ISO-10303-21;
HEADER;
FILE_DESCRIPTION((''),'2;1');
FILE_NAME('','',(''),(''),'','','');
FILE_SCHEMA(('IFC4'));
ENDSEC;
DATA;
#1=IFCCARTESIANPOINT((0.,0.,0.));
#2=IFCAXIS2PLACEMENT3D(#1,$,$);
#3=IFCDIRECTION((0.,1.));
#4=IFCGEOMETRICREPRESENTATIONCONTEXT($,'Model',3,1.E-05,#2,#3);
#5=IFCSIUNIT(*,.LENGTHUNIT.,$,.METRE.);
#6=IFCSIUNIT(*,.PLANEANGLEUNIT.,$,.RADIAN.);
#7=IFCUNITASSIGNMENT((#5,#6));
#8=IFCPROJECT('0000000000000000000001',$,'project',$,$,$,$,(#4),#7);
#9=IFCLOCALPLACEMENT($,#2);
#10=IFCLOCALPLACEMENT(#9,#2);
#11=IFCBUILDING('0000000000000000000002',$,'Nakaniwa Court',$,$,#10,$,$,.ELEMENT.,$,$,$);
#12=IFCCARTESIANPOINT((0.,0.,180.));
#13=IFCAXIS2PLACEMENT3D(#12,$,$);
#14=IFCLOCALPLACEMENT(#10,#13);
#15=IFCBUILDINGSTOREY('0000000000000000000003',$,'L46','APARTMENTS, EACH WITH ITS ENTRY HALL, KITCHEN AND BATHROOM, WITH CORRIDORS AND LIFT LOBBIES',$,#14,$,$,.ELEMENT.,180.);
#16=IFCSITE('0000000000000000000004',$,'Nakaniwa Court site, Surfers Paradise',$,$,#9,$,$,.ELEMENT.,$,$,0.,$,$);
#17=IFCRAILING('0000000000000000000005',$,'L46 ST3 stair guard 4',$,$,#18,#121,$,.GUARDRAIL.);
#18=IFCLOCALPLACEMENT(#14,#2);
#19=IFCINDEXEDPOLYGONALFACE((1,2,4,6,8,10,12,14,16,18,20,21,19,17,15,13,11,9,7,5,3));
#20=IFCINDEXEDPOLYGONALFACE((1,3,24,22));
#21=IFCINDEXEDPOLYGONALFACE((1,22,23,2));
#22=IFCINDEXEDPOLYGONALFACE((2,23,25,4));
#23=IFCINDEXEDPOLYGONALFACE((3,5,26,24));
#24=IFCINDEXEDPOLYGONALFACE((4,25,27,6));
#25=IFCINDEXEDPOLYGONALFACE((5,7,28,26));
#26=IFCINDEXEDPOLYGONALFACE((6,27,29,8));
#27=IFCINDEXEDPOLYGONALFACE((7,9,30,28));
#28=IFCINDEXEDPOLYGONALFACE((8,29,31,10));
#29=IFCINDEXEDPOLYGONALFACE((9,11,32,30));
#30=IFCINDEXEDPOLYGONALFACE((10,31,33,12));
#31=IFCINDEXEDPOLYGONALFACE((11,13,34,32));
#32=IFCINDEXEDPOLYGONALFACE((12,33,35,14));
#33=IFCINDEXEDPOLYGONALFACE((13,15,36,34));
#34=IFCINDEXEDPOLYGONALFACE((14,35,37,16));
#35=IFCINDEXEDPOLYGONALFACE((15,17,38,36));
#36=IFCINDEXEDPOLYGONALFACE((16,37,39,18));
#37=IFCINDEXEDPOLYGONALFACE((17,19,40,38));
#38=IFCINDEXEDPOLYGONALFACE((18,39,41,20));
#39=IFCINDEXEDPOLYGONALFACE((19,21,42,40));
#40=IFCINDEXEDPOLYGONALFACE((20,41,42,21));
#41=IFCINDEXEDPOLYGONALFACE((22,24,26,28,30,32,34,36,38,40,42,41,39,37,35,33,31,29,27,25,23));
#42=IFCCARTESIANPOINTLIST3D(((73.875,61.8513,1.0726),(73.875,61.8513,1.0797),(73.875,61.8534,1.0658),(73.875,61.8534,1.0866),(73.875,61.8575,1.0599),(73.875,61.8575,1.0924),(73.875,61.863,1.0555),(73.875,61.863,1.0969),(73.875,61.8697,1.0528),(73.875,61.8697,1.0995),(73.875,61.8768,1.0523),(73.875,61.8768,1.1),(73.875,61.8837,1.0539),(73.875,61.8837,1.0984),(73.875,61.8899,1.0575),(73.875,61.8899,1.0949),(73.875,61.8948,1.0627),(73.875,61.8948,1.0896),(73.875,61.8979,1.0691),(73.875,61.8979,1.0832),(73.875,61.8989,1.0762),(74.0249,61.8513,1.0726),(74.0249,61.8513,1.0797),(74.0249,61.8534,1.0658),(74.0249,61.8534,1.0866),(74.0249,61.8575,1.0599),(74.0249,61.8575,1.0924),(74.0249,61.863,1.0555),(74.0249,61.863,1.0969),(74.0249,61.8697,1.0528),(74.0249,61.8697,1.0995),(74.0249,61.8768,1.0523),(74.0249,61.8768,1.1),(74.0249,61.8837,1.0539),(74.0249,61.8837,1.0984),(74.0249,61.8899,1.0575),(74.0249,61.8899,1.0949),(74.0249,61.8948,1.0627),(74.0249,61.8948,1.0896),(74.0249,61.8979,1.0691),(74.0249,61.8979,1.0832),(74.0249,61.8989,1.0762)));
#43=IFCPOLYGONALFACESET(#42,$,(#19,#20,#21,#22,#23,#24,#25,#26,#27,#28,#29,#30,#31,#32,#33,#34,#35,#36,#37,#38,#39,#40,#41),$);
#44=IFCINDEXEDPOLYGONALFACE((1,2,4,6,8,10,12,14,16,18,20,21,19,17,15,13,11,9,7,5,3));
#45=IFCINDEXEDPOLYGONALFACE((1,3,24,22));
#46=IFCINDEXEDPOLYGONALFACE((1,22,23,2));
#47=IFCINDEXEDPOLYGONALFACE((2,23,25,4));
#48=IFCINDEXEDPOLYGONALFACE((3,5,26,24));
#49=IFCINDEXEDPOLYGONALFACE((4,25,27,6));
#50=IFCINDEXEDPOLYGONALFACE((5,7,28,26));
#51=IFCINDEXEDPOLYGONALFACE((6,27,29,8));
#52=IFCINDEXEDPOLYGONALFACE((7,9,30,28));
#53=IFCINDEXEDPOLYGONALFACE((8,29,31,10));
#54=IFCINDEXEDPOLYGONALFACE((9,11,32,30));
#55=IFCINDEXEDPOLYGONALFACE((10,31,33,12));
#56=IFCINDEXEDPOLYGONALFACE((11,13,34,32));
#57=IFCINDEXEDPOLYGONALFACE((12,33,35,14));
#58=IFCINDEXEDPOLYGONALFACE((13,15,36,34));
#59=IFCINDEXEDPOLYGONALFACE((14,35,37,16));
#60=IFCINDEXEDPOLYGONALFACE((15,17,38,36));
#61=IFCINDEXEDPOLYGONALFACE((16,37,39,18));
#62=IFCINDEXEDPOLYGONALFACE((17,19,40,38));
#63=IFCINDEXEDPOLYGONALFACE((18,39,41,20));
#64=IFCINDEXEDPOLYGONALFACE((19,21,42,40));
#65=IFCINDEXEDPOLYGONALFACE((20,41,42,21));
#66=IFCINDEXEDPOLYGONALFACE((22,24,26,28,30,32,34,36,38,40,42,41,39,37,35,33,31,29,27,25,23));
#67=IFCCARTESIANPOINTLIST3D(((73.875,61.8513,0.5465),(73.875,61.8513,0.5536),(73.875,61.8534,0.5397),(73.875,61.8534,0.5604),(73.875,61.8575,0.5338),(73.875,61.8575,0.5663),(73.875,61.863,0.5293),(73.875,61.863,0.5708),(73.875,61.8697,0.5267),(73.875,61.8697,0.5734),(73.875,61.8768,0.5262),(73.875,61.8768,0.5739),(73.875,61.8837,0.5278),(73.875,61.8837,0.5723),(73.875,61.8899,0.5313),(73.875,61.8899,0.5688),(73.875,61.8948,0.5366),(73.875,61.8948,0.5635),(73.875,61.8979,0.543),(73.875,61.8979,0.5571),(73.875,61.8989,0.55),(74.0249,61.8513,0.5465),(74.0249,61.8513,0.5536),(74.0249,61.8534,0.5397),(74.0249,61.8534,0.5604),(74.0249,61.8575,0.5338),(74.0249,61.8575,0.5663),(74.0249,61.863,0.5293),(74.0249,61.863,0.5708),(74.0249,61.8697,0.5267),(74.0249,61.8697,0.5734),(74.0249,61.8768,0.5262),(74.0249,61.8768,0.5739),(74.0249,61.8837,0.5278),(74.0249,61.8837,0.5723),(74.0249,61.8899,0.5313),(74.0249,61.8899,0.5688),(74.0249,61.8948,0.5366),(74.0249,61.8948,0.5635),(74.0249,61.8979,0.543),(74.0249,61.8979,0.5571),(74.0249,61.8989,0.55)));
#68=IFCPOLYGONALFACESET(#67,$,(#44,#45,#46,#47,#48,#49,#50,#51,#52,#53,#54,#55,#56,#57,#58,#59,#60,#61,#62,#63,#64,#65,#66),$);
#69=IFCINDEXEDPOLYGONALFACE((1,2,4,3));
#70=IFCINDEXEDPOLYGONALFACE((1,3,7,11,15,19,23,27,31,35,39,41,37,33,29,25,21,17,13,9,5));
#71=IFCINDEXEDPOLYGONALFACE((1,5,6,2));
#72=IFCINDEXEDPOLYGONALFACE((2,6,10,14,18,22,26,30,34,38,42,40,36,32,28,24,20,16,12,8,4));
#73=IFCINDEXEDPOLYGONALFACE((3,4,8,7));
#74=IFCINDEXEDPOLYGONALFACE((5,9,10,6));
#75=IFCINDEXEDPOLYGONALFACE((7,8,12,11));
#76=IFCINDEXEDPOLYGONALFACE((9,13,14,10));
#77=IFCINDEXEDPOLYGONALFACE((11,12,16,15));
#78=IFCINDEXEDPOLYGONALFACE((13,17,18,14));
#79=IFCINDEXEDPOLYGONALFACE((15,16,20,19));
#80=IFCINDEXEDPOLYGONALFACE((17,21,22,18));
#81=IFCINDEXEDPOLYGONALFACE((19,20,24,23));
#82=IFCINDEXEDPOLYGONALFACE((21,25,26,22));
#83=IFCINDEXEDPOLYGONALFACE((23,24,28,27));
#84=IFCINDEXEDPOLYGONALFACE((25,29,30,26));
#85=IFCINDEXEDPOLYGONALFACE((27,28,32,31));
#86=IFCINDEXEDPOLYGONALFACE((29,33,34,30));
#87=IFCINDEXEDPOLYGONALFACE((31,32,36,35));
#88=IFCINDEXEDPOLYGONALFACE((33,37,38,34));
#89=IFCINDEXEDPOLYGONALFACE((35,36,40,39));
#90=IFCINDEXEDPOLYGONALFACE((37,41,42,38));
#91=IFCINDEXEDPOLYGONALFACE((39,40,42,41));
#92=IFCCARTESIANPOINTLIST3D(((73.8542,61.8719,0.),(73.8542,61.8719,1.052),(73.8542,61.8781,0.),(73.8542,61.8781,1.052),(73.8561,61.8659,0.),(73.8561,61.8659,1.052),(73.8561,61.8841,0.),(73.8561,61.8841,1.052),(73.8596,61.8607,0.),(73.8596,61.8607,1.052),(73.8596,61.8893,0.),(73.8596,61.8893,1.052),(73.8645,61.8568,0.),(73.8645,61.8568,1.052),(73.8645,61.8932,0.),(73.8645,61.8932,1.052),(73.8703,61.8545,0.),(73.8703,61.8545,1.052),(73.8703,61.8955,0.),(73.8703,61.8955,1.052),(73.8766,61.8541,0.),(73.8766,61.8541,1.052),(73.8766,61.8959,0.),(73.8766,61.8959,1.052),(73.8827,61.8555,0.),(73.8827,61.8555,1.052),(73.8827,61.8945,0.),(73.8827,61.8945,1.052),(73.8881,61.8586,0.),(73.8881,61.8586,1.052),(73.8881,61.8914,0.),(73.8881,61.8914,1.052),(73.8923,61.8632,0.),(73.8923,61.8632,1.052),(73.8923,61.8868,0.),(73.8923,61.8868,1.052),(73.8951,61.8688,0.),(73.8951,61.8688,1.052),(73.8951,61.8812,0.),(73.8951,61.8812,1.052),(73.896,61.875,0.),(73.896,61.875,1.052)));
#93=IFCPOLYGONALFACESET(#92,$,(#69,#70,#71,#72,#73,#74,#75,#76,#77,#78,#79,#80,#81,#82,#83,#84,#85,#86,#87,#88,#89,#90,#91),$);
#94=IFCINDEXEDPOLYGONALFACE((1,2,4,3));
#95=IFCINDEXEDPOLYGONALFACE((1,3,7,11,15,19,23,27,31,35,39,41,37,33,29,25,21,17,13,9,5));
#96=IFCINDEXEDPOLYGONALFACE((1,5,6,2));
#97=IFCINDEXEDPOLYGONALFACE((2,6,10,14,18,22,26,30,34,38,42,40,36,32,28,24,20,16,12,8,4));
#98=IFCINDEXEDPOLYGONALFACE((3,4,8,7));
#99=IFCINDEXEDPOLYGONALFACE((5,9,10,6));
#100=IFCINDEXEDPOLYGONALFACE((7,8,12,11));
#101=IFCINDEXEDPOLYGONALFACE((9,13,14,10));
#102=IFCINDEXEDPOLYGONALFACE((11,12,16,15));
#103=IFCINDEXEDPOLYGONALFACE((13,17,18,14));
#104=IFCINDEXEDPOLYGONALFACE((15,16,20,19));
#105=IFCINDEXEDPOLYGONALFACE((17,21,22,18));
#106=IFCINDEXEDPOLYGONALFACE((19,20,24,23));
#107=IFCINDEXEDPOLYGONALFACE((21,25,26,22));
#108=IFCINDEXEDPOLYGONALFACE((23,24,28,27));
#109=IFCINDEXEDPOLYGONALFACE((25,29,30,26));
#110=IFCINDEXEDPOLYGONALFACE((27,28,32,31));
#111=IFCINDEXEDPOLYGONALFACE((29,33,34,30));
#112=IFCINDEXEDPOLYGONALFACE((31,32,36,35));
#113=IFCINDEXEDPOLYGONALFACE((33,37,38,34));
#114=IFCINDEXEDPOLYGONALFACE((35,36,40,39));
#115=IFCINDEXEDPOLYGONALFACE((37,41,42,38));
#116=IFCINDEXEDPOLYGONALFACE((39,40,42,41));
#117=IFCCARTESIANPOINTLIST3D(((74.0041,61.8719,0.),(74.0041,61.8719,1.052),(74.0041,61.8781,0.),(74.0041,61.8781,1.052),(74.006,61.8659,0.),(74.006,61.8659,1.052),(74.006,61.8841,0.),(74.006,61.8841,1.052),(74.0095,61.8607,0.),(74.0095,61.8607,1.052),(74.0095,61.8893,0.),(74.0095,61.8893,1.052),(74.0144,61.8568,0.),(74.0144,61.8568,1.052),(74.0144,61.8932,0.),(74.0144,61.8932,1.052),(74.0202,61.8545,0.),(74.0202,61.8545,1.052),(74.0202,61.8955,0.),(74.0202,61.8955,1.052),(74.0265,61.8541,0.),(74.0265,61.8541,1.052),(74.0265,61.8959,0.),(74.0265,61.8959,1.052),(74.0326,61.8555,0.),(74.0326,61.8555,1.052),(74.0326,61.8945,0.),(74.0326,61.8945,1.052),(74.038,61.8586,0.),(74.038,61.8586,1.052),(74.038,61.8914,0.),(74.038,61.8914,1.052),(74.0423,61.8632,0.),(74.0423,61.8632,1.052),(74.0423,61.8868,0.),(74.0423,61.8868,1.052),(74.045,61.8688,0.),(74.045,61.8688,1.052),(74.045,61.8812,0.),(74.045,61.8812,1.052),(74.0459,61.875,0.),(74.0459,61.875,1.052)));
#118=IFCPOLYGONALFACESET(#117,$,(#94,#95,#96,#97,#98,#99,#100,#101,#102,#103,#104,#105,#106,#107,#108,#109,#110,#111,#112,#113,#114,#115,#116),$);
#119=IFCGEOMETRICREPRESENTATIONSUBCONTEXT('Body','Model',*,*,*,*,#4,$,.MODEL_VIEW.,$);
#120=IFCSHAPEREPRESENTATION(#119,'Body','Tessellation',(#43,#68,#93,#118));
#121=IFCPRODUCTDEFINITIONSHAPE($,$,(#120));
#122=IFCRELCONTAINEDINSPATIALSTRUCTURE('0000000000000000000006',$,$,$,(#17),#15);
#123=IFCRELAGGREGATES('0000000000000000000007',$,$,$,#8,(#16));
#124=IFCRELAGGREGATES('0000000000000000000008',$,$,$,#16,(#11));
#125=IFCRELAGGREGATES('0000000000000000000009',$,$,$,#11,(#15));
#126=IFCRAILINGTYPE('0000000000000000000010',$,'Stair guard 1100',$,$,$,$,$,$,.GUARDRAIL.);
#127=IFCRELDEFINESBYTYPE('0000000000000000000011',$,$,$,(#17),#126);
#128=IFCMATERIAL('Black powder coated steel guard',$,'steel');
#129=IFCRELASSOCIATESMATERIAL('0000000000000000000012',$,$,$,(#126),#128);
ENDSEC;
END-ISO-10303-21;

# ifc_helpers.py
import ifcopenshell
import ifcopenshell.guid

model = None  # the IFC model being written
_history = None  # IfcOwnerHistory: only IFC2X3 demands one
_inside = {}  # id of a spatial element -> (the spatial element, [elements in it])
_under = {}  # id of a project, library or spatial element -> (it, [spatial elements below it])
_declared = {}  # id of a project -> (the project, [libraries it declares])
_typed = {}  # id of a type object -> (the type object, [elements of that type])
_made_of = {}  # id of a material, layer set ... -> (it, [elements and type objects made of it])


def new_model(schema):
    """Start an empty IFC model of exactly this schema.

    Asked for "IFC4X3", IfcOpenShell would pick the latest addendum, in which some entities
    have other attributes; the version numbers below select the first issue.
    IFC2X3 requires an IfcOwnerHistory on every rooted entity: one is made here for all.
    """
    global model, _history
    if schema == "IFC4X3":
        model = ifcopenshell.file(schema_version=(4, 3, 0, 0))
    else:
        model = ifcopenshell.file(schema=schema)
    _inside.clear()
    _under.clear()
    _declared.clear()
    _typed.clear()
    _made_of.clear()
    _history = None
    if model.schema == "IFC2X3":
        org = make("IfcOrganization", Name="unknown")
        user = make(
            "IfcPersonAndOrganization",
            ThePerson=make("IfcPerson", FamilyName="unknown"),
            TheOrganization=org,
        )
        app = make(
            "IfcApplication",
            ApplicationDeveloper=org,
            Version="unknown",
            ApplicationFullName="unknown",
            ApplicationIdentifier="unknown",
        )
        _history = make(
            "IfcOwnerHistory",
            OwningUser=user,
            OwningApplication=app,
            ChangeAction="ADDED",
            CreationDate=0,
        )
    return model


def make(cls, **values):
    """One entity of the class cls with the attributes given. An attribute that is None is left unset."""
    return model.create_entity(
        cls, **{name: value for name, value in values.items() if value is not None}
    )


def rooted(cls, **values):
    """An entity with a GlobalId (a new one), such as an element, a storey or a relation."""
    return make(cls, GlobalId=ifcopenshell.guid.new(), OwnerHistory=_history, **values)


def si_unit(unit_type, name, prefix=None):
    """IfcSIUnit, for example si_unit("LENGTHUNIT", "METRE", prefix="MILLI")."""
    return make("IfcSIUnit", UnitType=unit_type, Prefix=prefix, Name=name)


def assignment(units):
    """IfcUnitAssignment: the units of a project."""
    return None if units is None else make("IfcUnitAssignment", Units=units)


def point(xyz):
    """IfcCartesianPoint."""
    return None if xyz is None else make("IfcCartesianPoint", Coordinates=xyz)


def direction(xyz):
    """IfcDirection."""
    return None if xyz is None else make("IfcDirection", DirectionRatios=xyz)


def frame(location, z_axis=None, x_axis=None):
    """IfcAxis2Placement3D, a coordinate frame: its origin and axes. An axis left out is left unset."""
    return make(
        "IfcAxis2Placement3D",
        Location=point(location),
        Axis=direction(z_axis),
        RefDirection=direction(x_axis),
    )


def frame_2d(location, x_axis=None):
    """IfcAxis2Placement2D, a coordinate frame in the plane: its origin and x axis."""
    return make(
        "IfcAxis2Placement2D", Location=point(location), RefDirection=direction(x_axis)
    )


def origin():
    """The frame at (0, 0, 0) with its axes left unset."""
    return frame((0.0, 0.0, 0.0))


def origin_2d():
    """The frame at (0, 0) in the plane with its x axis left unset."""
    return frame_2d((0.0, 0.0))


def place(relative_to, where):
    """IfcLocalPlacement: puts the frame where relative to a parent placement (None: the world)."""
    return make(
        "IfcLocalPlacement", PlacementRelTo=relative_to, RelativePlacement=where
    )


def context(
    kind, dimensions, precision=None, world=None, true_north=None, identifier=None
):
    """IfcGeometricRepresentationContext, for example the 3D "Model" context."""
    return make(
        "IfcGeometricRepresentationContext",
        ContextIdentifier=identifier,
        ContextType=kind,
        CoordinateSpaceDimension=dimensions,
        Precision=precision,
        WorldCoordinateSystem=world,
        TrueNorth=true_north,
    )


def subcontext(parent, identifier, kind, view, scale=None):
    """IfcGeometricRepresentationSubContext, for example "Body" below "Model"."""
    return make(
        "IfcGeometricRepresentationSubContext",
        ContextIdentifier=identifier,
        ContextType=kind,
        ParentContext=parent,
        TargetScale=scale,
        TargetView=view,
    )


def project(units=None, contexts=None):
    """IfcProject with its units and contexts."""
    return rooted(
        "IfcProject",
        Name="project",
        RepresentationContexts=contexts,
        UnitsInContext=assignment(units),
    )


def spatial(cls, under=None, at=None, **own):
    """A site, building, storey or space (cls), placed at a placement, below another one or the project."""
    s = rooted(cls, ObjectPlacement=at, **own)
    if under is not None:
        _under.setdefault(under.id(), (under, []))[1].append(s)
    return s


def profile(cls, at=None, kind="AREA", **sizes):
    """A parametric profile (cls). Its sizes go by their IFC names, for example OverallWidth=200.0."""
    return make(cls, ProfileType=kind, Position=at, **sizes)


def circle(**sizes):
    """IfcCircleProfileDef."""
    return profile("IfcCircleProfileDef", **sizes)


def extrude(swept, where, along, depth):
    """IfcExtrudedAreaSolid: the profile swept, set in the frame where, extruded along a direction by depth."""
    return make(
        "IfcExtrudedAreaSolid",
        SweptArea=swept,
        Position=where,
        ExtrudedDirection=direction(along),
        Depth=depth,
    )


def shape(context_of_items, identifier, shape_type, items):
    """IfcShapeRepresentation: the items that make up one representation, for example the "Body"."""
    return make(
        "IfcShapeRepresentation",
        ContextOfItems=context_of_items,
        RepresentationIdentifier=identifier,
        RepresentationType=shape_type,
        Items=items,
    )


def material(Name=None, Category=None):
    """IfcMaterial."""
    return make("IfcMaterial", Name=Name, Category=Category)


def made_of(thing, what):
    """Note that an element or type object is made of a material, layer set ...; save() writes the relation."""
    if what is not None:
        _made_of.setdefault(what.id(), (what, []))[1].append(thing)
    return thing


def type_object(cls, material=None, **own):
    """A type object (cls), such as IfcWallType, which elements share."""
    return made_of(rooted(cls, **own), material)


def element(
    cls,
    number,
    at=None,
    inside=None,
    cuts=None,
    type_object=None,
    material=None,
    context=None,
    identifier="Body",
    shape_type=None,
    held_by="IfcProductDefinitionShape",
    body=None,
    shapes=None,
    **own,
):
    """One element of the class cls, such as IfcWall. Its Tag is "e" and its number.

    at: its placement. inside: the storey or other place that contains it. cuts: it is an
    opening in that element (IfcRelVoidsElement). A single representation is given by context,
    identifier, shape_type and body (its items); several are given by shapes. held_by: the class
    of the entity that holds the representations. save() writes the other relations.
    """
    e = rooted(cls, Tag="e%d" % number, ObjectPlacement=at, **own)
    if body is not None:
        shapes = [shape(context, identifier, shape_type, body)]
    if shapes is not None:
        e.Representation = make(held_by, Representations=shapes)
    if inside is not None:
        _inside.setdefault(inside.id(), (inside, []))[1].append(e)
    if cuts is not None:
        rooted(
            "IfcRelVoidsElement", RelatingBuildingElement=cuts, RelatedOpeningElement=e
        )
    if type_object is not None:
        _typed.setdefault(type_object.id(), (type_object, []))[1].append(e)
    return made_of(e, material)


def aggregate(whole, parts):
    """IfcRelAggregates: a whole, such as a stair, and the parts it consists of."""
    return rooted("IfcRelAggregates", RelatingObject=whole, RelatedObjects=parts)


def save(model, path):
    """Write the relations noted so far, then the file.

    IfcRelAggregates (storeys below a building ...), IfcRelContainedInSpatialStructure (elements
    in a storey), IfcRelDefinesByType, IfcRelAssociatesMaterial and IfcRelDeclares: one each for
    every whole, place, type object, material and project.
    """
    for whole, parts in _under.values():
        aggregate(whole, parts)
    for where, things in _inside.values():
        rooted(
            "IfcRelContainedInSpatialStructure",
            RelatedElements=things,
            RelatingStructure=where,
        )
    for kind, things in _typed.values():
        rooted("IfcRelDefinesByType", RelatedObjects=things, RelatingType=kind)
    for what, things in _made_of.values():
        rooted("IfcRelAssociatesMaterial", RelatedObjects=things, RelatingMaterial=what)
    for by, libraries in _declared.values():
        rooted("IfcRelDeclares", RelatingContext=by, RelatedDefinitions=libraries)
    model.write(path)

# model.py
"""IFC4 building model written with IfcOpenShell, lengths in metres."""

from ifc_helpers import new_model, si_unit, direction, frame, origin, origin_2d, place, context, subcontext, project, spatial, circle, extrude, material, type_object, element, save


model = new_model("IFC4")

# Units and contexts
model_context = context("Model", 3, precision=1e-05, world=origin(), true_north=direction((0.0, 1.0)))
body_context = subcontext(model_context, "Body", "Model", "MODEL_VIEW")
ifc_project = project(units=[si_unit("LENGTHUNIT", "METRE"), si_unit("PLANEANGLEUNIT", "RADIAN")], contexts=[model_context])

# Site, building, storey
site_placement = place(None, origin())
site = spatial("IfcSite", under=ifc_project, at=site_placement, Name="Nakaniwa Court site, Surfers Paradise", CompositionType="ELEMENT", RefElevation=0.0)
building_placement = place(site_placement, origin())
building = spatial("IfcBuilding", under=site, at=building_placement, Name="Nakaniwa Court", CompositionType="ELEMENT")
storey_placement = place(building_placement, frame((0.0, 0.0, 180.0)))
storey = spatial("IfcBuildingStorey", under=building, at=storey_placement, Name="L46", Description="APARTMENTS, EACH WITH ITS ENTRY HALL, KITCHEN AND BATHROOM, WITH CORRIDORS AND LIFT LOBBIES", CompositionType="ELEMENT", Elevation=180.0)

# Railing
ifc_material_1 = material(Name="Black powder coated steel guard", Category="steel")
railing_type_1 = type_object("IfcRailingType", Name="Stair guard 1100", PredefinedType="GUARDRAIL", material=ifc_material_1)
railing_1_placement = place(storey_placement, frame((73.875, 61.875, 0.0)))
element("IfcRailing", 1, at=railing_1_placement, inside=storey, type_object=railing_type_1, Name="L46 ST3 stair guard 4", PredefinedType="GUARDRAIL", context=body_context, shape_type="SweptSolid", body=[
    extrude(circle(Radius=0.0239, at=origin_2d()), frame((0.0, 0.0, 1.0762), z_axis=(1.0, 0.0, 0.0), x_axis=(0.0, 1.0, 0.0)), (0.0, 0.0, 1.0), 0.1499),
    extrude(circle(Radius=0.0239, at=origin_2d()), frame((0.0, 0.0, 0.55), z_axis=(1.0, 0.0, 0.0), x_axis=(0.0, 1.0, 0.0)), (0.0, 0.0, 1.0), 0.1499),
    extrude(circle(Radius=0.021, at=origin_2d()), origin(), (0.0, 0.0, 1.0), 1.052),
    extrude(circle(Radius=0.021, at=origin_2d()), frame((0.1499, 0.0, 0.0)), (0.0, 0.0, 1.0), 1.052),
])

save(model, "model.ifc")
